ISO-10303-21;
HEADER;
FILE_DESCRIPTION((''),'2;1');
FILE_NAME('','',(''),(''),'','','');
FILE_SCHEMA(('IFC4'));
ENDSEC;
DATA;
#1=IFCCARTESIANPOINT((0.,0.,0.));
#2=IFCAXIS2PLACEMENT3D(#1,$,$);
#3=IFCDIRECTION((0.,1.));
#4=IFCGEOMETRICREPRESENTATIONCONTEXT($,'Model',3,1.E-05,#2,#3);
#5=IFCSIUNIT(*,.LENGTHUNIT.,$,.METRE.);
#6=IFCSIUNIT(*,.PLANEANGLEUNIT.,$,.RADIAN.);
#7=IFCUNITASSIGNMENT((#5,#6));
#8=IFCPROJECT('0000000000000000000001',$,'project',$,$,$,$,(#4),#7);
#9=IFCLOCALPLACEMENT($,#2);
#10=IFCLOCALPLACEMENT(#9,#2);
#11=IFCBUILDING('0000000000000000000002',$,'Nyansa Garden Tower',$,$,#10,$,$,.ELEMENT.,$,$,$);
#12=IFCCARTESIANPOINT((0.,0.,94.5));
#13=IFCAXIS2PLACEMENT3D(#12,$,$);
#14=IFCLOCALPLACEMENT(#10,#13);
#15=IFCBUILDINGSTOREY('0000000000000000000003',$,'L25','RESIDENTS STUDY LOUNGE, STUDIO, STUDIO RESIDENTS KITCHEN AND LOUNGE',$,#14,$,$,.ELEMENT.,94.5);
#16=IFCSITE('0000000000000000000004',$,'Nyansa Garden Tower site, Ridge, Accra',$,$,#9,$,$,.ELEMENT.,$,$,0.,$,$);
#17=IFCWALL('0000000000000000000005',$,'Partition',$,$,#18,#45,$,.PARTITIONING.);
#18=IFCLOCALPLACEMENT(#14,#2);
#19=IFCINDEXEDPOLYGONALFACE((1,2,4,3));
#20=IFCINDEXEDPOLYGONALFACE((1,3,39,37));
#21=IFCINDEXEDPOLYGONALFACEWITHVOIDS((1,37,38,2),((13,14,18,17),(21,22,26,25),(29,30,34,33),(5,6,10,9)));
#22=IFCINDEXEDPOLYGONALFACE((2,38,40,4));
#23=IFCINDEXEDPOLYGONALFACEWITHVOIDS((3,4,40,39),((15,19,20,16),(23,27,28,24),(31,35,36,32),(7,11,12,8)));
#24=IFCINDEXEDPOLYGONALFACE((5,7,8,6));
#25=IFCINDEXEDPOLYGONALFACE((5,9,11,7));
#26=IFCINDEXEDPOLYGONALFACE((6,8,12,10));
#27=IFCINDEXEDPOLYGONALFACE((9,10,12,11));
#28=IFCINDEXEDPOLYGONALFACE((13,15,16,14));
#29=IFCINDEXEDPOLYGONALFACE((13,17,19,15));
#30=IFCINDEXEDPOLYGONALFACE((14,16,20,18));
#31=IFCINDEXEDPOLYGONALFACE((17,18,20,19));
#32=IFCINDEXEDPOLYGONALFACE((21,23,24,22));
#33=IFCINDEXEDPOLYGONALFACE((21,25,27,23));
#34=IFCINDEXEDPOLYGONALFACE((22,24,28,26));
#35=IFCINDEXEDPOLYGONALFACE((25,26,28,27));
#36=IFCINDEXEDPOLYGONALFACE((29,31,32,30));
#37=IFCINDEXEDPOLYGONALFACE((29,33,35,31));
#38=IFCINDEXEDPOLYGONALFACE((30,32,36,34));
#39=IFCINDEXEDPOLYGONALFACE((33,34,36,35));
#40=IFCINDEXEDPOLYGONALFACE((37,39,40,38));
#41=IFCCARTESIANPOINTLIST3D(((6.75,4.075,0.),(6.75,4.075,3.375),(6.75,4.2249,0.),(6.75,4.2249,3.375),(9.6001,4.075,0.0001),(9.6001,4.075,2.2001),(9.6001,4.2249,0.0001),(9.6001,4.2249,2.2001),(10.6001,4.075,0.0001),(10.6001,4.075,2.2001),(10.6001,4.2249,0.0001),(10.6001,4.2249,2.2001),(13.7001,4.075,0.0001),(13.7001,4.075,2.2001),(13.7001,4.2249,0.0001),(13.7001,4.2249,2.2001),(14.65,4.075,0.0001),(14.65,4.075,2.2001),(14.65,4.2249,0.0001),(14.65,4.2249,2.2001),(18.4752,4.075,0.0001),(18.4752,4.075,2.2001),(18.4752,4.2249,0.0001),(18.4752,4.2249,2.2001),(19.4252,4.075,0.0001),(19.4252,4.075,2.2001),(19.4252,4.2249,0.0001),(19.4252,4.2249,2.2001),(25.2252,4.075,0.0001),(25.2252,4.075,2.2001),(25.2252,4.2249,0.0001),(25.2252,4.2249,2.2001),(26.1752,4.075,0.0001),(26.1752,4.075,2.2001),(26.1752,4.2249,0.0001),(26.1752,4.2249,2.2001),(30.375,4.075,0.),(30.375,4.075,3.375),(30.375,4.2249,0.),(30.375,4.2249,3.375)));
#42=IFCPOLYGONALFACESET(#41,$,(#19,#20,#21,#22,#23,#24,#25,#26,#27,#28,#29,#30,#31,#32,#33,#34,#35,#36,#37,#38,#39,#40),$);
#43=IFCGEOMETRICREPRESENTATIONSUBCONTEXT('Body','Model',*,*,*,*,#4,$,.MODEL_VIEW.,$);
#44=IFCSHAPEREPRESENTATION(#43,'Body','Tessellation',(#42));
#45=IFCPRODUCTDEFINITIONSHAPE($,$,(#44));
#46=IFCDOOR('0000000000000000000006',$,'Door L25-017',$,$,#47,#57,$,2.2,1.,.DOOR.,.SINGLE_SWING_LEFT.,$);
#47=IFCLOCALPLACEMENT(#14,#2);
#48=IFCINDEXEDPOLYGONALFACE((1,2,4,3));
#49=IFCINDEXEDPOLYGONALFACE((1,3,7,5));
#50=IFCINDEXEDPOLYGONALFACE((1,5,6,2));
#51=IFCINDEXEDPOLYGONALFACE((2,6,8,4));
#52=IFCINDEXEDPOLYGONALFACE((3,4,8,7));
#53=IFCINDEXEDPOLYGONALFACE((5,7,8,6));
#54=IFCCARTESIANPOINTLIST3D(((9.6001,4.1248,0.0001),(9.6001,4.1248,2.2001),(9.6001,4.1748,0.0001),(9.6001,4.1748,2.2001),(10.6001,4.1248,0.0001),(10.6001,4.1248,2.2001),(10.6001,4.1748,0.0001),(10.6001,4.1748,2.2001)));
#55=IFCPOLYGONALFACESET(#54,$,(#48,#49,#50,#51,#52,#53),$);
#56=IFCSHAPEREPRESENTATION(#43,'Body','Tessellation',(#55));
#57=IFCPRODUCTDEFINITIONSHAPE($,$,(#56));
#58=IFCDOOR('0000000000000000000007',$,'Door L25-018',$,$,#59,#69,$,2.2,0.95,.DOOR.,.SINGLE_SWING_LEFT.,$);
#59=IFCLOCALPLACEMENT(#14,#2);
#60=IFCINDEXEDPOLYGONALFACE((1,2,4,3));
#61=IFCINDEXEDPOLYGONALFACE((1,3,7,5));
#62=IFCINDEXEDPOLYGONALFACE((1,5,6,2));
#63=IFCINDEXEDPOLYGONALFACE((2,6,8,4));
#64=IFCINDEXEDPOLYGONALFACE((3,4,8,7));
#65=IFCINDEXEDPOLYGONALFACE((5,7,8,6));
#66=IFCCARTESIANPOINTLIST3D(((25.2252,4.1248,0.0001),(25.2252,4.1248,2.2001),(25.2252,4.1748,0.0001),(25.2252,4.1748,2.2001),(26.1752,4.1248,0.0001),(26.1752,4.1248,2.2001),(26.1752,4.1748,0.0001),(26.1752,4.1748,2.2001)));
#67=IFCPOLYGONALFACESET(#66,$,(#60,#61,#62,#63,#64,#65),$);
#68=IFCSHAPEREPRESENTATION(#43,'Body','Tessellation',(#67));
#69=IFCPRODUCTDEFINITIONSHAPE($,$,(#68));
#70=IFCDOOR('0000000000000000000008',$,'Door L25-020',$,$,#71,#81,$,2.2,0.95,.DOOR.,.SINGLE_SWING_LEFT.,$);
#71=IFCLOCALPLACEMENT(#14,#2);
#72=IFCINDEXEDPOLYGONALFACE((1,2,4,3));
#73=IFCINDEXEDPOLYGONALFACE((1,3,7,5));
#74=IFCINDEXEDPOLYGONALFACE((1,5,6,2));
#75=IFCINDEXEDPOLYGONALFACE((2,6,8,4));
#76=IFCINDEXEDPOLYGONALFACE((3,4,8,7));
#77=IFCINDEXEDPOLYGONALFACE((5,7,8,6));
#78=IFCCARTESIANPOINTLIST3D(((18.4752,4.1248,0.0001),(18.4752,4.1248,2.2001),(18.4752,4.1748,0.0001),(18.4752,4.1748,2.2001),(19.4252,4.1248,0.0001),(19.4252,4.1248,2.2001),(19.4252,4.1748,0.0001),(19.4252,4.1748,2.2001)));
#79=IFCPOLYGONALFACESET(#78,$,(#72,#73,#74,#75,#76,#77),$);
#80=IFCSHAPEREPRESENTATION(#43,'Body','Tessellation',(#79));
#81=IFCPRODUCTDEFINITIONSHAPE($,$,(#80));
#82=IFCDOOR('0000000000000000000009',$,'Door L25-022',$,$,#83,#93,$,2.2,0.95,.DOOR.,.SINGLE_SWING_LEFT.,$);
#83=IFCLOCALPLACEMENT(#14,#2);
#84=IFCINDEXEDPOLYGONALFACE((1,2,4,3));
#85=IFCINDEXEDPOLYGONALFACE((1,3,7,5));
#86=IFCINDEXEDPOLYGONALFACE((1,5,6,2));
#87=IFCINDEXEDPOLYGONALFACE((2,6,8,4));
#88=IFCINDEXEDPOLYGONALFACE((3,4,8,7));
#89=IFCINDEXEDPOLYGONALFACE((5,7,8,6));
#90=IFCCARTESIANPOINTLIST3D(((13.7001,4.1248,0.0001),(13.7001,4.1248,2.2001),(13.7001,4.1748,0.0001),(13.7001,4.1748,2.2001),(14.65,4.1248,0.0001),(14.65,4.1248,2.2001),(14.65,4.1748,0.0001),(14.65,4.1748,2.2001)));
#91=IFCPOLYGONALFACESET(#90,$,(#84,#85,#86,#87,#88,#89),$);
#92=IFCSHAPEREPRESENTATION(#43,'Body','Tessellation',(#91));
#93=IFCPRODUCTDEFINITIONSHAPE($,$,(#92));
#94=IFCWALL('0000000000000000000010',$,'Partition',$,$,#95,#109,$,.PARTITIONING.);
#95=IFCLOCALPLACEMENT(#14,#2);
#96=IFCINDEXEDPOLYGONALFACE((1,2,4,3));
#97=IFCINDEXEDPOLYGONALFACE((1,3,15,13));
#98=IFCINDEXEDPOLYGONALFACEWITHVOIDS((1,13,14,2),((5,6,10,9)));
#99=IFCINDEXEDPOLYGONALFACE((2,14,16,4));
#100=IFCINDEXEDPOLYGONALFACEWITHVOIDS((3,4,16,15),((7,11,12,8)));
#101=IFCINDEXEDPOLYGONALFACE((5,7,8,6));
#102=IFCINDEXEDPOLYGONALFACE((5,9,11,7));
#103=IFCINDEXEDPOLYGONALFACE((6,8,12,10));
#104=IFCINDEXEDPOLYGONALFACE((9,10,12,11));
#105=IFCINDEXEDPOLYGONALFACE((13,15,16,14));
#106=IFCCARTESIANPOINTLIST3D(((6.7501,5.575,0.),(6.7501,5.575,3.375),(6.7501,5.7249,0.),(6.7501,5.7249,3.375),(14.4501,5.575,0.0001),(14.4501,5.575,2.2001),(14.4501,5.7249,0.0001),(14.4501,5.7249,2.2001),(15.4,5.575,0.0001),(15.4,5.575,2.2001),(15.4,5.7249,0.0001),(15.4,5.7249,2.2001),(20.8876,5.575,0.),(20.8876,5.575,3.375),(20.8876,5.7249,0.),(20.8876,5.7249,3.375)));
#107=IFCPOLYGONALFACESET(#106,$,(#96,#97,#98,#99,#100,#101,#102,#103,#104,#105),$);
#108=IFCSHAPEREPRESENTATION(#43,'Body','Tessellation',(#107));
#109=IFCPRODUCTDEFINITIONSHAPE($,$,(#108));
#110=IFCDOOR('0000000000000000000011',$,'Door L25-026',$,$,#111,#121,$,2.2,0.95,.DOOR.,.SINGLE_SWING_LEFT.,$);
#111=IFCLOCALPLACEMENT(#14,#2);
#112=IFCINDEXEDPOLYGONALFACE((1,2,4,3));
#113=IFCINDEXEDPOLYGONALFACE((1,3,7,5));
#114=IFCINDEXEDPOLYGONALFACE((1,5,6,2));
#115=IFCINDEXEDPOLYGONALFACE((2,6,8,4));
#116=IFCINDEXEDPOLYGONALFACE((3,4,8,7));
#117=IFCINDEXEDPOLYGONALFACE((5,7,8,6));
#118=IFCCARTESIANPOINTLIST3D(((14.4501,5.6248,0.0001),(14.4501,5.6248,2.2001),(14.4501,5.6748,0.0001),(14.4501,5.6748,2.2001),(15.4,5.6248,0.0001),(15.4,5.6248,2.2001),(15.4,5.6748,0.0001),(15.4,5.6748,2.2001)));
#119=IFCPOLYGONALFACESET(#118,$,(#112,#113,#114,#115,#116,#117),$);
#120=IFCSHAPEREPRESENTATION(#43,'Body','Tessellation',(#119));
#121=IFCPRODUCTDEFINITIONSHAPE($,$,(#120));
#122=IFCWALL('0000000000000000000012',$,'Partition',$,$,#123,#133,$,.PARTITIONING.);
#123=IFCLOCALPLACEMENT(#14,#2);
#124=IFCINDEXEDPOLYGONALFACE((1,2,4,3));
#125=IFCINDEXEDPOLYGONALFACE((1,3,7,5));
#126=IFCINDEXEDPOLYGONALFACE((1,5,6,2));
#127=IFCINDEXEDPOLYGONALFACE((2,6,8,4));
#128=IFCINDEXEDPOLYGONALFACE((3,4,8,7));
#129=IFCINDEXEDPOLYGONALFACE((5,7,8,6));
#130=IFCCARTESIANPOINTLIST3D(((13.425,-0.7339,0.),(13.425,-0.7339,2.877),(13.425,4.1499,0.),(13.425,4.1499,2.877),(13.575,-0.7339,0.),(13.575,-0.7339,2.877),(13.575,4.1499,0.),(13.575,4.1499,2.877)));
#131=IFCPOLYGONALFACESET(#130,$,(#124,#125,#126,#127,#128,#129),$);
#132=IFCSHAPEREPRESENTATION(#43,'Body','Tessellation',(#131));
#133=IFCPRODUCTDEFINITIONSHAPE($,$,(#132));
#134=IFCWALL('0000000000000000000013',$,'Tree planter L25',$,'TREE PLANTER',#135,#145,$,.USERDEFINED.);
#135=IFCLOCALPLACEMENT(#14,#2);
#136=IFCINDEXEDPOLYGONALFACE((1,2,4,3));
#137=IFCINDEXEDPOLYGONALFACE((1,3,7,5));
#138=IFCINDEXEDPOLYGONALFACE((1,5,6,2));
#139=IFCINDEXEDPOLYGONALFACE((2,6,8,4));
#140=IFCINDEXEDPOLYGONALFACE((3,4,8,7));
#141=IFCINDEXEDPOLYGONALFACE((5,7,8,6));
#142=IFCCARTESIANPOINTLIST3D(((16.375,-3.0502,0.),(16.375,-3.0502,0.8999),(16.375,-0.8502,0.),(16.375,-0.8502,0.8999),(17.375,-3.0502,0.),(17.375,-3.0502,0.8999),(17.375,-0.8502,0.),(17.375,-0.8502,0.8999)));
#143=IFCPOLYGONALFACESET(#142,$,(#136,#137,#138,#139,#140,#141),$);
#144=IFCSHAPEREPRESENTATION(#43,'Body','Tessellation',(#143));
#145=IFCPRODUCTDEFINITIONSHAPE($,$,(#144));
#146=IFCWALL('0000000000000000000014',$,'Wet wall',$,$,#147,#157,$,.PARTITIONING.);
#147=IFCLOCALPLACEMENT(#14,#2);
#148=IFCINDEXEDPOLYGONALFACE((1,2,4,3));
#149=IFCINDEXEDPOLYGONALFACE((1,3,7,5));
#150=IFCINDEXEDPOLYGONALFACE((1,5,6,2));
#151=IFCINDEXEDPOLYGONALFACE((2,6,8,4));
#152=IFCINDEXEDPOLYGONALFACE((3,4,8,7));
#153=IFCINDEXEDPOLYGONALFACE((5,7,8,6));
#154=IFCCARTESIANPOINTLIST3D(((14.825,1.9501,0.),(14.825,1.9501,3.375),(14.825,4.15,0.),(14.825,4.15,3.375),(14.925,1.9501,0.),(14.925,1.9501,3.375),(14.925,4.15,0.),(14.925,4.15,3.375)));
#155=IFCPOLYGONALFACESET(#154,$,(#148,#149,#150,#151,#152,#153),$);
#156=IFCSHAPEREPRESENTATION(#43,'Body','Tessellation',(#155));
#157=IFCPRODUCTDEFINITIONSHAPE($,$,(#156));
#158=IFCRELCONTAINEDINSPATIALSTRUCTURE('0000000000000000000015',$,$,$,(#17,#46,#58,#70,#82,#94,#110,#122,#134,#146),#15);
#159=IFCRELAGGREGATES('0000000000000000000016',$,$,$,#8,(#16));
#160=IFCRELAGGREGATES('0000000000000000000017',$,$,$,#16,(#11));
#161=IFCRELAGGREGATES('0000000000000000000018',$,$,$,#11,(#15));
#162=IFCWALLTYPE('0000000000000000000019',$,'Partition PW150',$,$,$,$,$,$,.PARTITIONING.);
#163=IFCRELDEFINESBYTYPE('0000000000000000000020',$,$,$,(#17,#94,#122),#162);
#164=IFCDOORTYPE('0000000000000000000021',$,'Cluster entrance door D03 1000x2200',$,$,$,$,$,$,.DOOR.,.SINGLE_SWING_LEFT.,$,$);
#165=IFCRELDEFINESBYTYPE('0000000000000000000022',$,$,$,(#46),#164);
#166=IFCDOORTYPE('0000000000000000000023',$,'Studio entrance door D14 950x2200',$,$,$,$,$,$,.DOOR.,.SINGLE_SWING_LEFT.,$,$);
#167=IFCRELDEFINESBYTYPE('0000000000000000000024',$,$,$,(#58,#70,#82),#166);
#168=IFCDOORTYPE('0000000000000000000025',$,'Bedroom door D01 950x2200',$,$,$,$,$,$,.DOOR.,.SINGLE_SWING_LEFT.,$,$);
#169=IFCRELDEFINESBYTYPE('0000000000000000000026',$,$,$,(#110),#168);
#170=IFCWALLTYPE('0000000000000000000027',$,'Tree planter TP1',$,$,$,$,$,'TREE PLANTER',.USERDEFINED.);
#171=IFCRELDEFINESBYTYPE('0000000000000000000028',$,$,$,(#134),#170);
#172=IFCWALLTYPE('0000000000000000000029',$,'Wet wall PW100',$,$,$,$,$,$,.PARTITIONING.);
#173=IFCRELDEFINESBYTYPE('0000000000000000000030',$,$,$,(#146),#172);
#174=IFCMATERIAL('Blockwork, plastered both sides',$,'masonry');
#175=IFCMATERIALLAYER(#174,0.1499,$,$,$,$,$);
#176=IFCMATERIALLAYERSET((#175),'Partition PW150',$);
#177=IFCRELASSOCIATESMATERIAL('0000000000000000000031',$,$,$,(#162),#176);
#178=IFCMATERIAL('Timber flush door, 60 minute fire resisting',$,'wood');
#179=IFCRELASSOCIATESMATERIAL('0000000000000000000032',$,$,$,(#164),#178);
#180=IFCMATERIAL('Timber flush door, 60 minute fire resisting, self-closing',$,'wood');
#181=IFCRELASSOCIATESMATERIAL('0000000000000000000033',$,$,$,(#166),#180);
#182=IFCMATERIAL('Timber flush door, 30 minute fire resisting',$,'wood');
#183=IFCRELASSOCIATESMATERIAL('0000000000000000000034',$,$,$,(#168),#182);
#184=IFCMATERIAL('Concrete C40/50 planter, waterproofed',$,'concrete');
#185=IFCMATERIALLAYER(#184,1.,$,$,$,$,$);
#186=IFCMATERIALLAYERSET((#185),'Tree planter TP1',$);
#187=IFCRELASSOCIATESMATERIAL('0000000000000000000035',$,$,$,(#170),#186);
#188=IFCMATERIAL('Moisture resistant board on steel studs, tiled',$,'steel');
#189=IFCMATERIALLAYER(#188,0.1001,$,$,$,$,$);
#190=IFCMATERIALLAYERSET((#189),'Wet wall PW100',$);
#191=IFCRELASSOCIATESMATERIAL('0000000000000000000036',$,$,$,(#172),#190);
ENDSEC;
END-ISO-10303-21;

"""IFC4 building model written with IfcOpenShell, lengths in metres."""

from ifc_helpers import new_model, si_unit, direction, frame, frame_2d, origin, place, context, subcontext, project, spatial, rectangle, extrude, material, layer, layer_set, type_object, element, fill, save


model = new_model("IFC4")

# Units and contexts
model_context = context("Model", 3, precision=1e-05, world=origin(), true_north=direction((0.0, 1.0)))
body_context = subcontext(model_context, "Body", "Model", "MODEL_VIEW")
ifc_project = project(units=[si_unit("LENGTHUNIT", "METRE"), si_unit("PLANEANGLEUNIT", "RADIAN")], contexts=[model_context])

# Site, building, storey
site_placement = place(None, origin())
site = spatial("IfcSite", under=ifc_project, at=site_placement, Name="Nyansa Garden Tower site, Ridge, Accra", CompositionType="ELEMENT", RefElevation=0.0)
building_placement = place(site_placement, origin())
building = spatial("IfcBuilding", under=site, at=building_placement, Name="Nyansa Garden Tower", CompositionType="ELEMENT")
storey_placement = place(building_placement, frame((0.0, 0.0, 94.5)))
storey = spatial("IfcBuildingStorey", under=building, at=storey_placement, Name="L25", Description="RESIDENTS STUDY LOUNGE, STUDIO, STUDIO RESIDENTS KITCHEN AND LOUNGE", CompositionType="ELEMENT", Elevation=94.5)

# Wall, openings, doors
ifc_material_1 = material(Name="Blockwork, plastered both sides", Category="masonry")
ifc_layer_1 = layer(ifc_material_1, 0.1499)
ifc_layer_set_1 = layer_set([ifc_layer_1], Name="Partition PW150")
wall_type_1 = type_object("IfcWallType", Name="Partition PW150", PredefinedType="PARTITIONING", material=ifc_layer_set_1)
wall_1_placement = place(storey_placement, frame((6.75, 4.1499, 0.0), z_axis=(0.0, 0.0, 1.0), x_axis=(1.0, 0.0, 0.0)))
wall_1 = element("IfcWall", 1, at=wall_1_placement, inside=storey, type_object=wall_type_1, Name="Partition", PredefinedType="PARTITIONING", context=body_context, shape_type="SweptSolid", body=[
    extrude(rectangle(XDim=23.625, YDim=0.1499, at=frame_2d((11.8125, 0.0))), origin(), (0.0, 0.0, 1.0), 3.375),
])
opening_1_placement = place(wall_1_placement, frame((2.8501, 0.0, 0.0)))
opening_1 = element("IfcOpeningElement", 2, at=opening_1_placement, cuts=wall_1, PredefinedType="OPENING", context=body_context, shape_type="SweptSolid", body=[
    extrude(rectangle(XDim=1.0, YDim=2.2, at=frame_2d((0.5, 1.1001))), frame((0.0, 0.085, 0.0), z_axis=(0.0, -1.0, 0.0), x_axis=(1.0, 0.0, 0.0)), (0.0, 0.0, 1.0), 0.1699),
])
opening_2_placement = place(wall_1_placement, frame((18.4751, 0.0, 0.0)))
opening_2 = element("IfcOpeningElement", 3, at=opening_2_placement, cuts=wall_1, PredefinedType="OPENING", context=body_context, shape_type="SweptSolid", body=[
    extrude(rectangle(XDim=0.95, YDim=2.2, at=frame_2d((0.4751, 1.1001))), frame((0.0, 0.085, 0.0), z_axis=(0.0, -1.0, 0.0), x_axis=(1.0, 0.0, 0.0)), (0.0, 0.0, 1.0), 0.1699),
])
opening_3_placement = place(wall_1_placement, frame((11.7251, 0.0, 0.0)))
opening_3 = element("IfcOpeningElement", 4, at=opening_3_placement, cuts=wall_1, PredefinedType="OPENING", context=body_context, shape_type="SweptSolid", body=[
    extrude(rectangle(XDim=0.95, YDim=2.2, at=frame_2d((0.4751, 1.1001))), frame((0.0, 0.085, 0.0), z_axis=(0.0, -1.0, 0.0), x_axis=(1.0, 0.0, 0.0)), (0.0, 0.0, 1.0), 0.1699),
])
opening_4_placement = place(wall_1_placement, frame((6.95, 0.0, 0.0)))
opening_4 = element("IfcOpeningElement", 5, at=opening_4_placement, cuts=wall_1, PredefinedType="OPENING", context=body_context, shape_type="SweptSolid", body=[
    extrude(rectangle(XDim=0.95, YDim=2.2, at=frame_2d((0.4751, 1.1001))), frame((0.0, 0.085, 0.0), z_axis=(0.0, -1.0, 0.0), x_axis=(1.0, 0.0, 0.0)), (0.0, 0.0, 1.0), 0.1699),
])
ifc_material_2 = material(Name="Timber flush door, 60 minute fire resisting", Category="wood")
door_type_1 = type_object("IfcDoorType", Name="Cluster entrance door D03 1000x2200", OperationType="SINGLE_SWING_LEFT", PredefinedType="DOOR", material=ifc_material_2)
door_1_placement = place(opening_1_placement, origin())
door_1 = element("IfcDoor", 6, at=door_1_placement, inside=storey, type_object=door_type_1, Name="Door L25-017", OperationType="SINGLE_SWING_LEFT", OverallHeight=2.2, OverallWidth=1.0, PredefinedType="DOOR", context=body_context, shape_type="SweptSolid", body=[
    extrude(rectangle(XDim=1.0, YDim=2.2, at=frame_2d((0.5, 1.1001))), frame((0.0, 0.0249, 0.0), z_axis=(0.0, -1.0, 0.0), x_axis=(1.0, 0.0, 0.0)), (0.0, 0.0, 1.0), 0.05),
])
fill(opening_1, door_1)
ifc_material_3 = material(Name="Timber flush door, 60 minute fire resisting, self-closing", Category="wood")
door_type_2 = type_object("IfcDoorType", Name="Studio entrance door D14 950x2200", OperationType="SINGLE_SWING_LEFT", PredefinedType="DOOR", material=ifc_material_3)
door_2_placement = place(opening_2_placement, origin())
door_2 = element("IfcDoor", 7, at=door_2_placement, inside=storey, type_object=door_type_2, Name="Door L25-018", OperationType="SINGLE_SWING_LEFT", OverallHeight=2.2, OverallWidth=0.95, PredefinedType="DOOR", context=body_context, shape_type="SweptSolid", body=[
    extrude(rectangle(XDim=0.95, YDim=2.2, at=frame_2d((0.4751, 1.1001))), frame((0.0, 0.0249, 0.0), z_axis=(0.0, -1.0, 0.0), x_axis=(1.0, 0.0, 0.0)), (0.0, 0.0, 1.0), 0.05),
])
fill(opening_2, door_2)
door_3_placement = place(opening_3_placement, origin())
door_3 = element("IfcDoor", 8, at=door_3_placement, inside=storey, type_object=door_type_2, Name="Door L25-020", OperationType="SINGLE_SWING_LEFT", OverallHeight=2.2, OverallWidth=0.95, PredefinedType="DOOR", context=body_context, shape_type="SweptSolid", body=[
    extrude(rectangle(XDim=0.95, YDim=2.2, at=frame_2d((0.4751, 1.1001))), frame((0.0, 0.0249, 0.0), z_axis=(0.0, -1.0, 0.0), x_axis=(1.0, 0.0, 0.0)), (0.0, 0.0, 1.0), 0.05),
])
fill(opening_3, door_3)
door_4_placement = place(opening_4_placement, origin())
door_4 = element("IfcDoor", 9, at=door_4_placement, inside=storey, type_object=door_type_2, Name="Door L25-022", OperationType="SINGLE_SWING_LEFT", OverallHeight=2.2, OverallWidth=0.95, PredefinedType="DOOR", context=body_context, shape_type="SweptSolid", body=[
    extrude(rectangle(XDim=0.95, YDim=2.2, at=frame_2d((0.4751, 1.1001))), frame((0.0, 0.0249, 0.0), z_axis=(0.0, -1.0, 0.0), x_axis=(1.0, 0.0, 0.0)), (0.0, 0.0, 1.0), 0.05),
])
fill(opening_4, door_4)

# Wall, opening, door
wall_2_placement = place(storey_placement, frame((6.75, 5.6499, 0.0), z_axis=(0.0, 0.0, 1.0), x_axis=(1.0, 0.0, 0.0)))
wall_2 = element("IfcWall", 10, at=wall_2_placement, inside=storey, type_object=wall_type_1, Name="Partition", PredefinedType="PARTITIONING", context=body_context, shape_type="SweptSolid", body=[
    extrude(rectangle(XDim=14.1375, YDim=0.1499, at=frame_2d((7.0688, 0.0))), origin(), (0.0, 0.0, 1.0), 3.375),
])
opening_5_placement = place(wall_2_placement, frame((7.7, 0.0, 0.0)))
opening_5 = element("IfcOpeningElement", 11, at=opening_5_placement, cuts=wall_2, PredefinedType="OPENING", context=body_context, shape_type="SweptSolid", body=[
    extrude(rectangle(XDim=0.95, YDim=2.2, at=frame_2d((0.4751, 1.1001))), frame((0.0, 0.085, 0.0), z_axis=(0.0, -1.0, 0.0), x_axis=(1.0, 0.0, 0.0)), (0.0, 0.0, 1.0), 0.1699),
])
ifc_material_4 = material(Name="Timber flush door, 30 minute fire resisting", Category="wood")
door_type_3 = type_object("IfcDoorType", Name="Bedroom door D01 950x2200", OperationType="SINGLE_SWING_LEFT", PredefinedType="DOOR", material=ifc_material_4)
door_5_placement = place(opening_5_placement, origin())
door_5 = element("IfcDoor", 12, at=door_5_placement, inside=storey, type_object=door_type_3, Name="Door L25-026", OperationType="SINGLE_SWING_LEFT", OverallHeight=2.2, OverallWidth=0.95, PredefinedType="DOOR", context=body_context, shape_type="SweptSolid", body=[
    extrude(rectangle(XDim=0.95, YDim=2.2, at=frame_2d((0.4751, 1.1001))), frame((0.0, 0.0249, 0.0), z_axis=(0.0, -1.0, 0.0), x_axis=(1.0, 0.0, 0.0)), (0.0, 0.0, 1.0), 0.05),
])
fill(opening_5, door_5)

# Walls
wall_3_placement = place(storey_placement, frame((13.5, -0.7339, 0.0), z_axis=(0.0, 0.0, 1.0), x_axis=(0.0, 1.0, 0.0)))
element("IfcWall", 13, at=wall_3_placement, inside=storey, type_object=wall_type_1, Name="Partition", PredefinedType="PARTITIONING", context=body_context, shape_type="SweptSolid", body=[
    extrude(rectangle(XDim=4.8838, YDim=0.1499, at=frame_2d((2.4419, 0.0))), origin(), (0.0, 0.0, 1.0), 2.877),
])
ifc_material_5 = material(Name="Concrete C40/50 planter, waterproofed", Category="concrete")
ifc_layer_2 = layer(ifc_material_5, 1.0)
ifc_layer_set_2 = layer_set([ifc_layer_2], Name="Tree planter TP1")
wall_type_2 = type_object("IfcWallType", Name="Tree planter TP1", ElementType="TREE PLANTER", PredefinedType="USERDEFINED", material=ifc_layer_set_2)
wall_4_placement = place(storey_placement, frame((16.875, -0.8501, 0.0), z_axis=(0.0, 0.0, 1.0), x_axis=(0.0, -1.0, 0.0)))
element("IfcWall", 14, at=wall_4_placement, inside=storey, type_object=wall_type_2, Name="Tree planter L25", ObjectType="TREE PLANTER", PredefinedType="USERDEFINED", context=body_context, shape_type="SweptSolid", body=[
    extrude(rectangle(XDim=2.2, YDim=1.0, at=frame_2d((1.1001, 0.0))), origin(), (0.0, 0.0, 1.0), 0.8999),
])
ifc_material_6 = material(Name="Moisture resistant board on steel studs, tiled", Category="steel")
ifc_layer_3 = layer(ifc_material_6, 0.1001)
ifc_layer_set_3 = layer_set([ifc_layer_3], Name="Wet wall PW100")
wall_type_3 = type_object("IfcWallType", Name="Wet wall PW100", PredefinedType="PARTITIONING", material=ifc_layer_set_3)
wall_5_placement = place(storey_placement, frame((14.875, 1.95, 0.0), z_axis=(0.0, 0.0, 1.0), x_axis=(0.0, 1.0, 0.0)))
element("IfcWall", 15, at=wall_5_placement, inside=storey, type_object=wall_type_3, Name="Wet wall", PredefinedType="PARTITIONING", context=body_context, shape_type="SweptSolid", body=[
    extrude(rectangle(XDim=2.2, YDim=0.1001, at=frame_2d((1.1001, 0.0))), origin(), (0.0, 0.0, 1.0), 3.375),
])

save(model, "model.ifc")
